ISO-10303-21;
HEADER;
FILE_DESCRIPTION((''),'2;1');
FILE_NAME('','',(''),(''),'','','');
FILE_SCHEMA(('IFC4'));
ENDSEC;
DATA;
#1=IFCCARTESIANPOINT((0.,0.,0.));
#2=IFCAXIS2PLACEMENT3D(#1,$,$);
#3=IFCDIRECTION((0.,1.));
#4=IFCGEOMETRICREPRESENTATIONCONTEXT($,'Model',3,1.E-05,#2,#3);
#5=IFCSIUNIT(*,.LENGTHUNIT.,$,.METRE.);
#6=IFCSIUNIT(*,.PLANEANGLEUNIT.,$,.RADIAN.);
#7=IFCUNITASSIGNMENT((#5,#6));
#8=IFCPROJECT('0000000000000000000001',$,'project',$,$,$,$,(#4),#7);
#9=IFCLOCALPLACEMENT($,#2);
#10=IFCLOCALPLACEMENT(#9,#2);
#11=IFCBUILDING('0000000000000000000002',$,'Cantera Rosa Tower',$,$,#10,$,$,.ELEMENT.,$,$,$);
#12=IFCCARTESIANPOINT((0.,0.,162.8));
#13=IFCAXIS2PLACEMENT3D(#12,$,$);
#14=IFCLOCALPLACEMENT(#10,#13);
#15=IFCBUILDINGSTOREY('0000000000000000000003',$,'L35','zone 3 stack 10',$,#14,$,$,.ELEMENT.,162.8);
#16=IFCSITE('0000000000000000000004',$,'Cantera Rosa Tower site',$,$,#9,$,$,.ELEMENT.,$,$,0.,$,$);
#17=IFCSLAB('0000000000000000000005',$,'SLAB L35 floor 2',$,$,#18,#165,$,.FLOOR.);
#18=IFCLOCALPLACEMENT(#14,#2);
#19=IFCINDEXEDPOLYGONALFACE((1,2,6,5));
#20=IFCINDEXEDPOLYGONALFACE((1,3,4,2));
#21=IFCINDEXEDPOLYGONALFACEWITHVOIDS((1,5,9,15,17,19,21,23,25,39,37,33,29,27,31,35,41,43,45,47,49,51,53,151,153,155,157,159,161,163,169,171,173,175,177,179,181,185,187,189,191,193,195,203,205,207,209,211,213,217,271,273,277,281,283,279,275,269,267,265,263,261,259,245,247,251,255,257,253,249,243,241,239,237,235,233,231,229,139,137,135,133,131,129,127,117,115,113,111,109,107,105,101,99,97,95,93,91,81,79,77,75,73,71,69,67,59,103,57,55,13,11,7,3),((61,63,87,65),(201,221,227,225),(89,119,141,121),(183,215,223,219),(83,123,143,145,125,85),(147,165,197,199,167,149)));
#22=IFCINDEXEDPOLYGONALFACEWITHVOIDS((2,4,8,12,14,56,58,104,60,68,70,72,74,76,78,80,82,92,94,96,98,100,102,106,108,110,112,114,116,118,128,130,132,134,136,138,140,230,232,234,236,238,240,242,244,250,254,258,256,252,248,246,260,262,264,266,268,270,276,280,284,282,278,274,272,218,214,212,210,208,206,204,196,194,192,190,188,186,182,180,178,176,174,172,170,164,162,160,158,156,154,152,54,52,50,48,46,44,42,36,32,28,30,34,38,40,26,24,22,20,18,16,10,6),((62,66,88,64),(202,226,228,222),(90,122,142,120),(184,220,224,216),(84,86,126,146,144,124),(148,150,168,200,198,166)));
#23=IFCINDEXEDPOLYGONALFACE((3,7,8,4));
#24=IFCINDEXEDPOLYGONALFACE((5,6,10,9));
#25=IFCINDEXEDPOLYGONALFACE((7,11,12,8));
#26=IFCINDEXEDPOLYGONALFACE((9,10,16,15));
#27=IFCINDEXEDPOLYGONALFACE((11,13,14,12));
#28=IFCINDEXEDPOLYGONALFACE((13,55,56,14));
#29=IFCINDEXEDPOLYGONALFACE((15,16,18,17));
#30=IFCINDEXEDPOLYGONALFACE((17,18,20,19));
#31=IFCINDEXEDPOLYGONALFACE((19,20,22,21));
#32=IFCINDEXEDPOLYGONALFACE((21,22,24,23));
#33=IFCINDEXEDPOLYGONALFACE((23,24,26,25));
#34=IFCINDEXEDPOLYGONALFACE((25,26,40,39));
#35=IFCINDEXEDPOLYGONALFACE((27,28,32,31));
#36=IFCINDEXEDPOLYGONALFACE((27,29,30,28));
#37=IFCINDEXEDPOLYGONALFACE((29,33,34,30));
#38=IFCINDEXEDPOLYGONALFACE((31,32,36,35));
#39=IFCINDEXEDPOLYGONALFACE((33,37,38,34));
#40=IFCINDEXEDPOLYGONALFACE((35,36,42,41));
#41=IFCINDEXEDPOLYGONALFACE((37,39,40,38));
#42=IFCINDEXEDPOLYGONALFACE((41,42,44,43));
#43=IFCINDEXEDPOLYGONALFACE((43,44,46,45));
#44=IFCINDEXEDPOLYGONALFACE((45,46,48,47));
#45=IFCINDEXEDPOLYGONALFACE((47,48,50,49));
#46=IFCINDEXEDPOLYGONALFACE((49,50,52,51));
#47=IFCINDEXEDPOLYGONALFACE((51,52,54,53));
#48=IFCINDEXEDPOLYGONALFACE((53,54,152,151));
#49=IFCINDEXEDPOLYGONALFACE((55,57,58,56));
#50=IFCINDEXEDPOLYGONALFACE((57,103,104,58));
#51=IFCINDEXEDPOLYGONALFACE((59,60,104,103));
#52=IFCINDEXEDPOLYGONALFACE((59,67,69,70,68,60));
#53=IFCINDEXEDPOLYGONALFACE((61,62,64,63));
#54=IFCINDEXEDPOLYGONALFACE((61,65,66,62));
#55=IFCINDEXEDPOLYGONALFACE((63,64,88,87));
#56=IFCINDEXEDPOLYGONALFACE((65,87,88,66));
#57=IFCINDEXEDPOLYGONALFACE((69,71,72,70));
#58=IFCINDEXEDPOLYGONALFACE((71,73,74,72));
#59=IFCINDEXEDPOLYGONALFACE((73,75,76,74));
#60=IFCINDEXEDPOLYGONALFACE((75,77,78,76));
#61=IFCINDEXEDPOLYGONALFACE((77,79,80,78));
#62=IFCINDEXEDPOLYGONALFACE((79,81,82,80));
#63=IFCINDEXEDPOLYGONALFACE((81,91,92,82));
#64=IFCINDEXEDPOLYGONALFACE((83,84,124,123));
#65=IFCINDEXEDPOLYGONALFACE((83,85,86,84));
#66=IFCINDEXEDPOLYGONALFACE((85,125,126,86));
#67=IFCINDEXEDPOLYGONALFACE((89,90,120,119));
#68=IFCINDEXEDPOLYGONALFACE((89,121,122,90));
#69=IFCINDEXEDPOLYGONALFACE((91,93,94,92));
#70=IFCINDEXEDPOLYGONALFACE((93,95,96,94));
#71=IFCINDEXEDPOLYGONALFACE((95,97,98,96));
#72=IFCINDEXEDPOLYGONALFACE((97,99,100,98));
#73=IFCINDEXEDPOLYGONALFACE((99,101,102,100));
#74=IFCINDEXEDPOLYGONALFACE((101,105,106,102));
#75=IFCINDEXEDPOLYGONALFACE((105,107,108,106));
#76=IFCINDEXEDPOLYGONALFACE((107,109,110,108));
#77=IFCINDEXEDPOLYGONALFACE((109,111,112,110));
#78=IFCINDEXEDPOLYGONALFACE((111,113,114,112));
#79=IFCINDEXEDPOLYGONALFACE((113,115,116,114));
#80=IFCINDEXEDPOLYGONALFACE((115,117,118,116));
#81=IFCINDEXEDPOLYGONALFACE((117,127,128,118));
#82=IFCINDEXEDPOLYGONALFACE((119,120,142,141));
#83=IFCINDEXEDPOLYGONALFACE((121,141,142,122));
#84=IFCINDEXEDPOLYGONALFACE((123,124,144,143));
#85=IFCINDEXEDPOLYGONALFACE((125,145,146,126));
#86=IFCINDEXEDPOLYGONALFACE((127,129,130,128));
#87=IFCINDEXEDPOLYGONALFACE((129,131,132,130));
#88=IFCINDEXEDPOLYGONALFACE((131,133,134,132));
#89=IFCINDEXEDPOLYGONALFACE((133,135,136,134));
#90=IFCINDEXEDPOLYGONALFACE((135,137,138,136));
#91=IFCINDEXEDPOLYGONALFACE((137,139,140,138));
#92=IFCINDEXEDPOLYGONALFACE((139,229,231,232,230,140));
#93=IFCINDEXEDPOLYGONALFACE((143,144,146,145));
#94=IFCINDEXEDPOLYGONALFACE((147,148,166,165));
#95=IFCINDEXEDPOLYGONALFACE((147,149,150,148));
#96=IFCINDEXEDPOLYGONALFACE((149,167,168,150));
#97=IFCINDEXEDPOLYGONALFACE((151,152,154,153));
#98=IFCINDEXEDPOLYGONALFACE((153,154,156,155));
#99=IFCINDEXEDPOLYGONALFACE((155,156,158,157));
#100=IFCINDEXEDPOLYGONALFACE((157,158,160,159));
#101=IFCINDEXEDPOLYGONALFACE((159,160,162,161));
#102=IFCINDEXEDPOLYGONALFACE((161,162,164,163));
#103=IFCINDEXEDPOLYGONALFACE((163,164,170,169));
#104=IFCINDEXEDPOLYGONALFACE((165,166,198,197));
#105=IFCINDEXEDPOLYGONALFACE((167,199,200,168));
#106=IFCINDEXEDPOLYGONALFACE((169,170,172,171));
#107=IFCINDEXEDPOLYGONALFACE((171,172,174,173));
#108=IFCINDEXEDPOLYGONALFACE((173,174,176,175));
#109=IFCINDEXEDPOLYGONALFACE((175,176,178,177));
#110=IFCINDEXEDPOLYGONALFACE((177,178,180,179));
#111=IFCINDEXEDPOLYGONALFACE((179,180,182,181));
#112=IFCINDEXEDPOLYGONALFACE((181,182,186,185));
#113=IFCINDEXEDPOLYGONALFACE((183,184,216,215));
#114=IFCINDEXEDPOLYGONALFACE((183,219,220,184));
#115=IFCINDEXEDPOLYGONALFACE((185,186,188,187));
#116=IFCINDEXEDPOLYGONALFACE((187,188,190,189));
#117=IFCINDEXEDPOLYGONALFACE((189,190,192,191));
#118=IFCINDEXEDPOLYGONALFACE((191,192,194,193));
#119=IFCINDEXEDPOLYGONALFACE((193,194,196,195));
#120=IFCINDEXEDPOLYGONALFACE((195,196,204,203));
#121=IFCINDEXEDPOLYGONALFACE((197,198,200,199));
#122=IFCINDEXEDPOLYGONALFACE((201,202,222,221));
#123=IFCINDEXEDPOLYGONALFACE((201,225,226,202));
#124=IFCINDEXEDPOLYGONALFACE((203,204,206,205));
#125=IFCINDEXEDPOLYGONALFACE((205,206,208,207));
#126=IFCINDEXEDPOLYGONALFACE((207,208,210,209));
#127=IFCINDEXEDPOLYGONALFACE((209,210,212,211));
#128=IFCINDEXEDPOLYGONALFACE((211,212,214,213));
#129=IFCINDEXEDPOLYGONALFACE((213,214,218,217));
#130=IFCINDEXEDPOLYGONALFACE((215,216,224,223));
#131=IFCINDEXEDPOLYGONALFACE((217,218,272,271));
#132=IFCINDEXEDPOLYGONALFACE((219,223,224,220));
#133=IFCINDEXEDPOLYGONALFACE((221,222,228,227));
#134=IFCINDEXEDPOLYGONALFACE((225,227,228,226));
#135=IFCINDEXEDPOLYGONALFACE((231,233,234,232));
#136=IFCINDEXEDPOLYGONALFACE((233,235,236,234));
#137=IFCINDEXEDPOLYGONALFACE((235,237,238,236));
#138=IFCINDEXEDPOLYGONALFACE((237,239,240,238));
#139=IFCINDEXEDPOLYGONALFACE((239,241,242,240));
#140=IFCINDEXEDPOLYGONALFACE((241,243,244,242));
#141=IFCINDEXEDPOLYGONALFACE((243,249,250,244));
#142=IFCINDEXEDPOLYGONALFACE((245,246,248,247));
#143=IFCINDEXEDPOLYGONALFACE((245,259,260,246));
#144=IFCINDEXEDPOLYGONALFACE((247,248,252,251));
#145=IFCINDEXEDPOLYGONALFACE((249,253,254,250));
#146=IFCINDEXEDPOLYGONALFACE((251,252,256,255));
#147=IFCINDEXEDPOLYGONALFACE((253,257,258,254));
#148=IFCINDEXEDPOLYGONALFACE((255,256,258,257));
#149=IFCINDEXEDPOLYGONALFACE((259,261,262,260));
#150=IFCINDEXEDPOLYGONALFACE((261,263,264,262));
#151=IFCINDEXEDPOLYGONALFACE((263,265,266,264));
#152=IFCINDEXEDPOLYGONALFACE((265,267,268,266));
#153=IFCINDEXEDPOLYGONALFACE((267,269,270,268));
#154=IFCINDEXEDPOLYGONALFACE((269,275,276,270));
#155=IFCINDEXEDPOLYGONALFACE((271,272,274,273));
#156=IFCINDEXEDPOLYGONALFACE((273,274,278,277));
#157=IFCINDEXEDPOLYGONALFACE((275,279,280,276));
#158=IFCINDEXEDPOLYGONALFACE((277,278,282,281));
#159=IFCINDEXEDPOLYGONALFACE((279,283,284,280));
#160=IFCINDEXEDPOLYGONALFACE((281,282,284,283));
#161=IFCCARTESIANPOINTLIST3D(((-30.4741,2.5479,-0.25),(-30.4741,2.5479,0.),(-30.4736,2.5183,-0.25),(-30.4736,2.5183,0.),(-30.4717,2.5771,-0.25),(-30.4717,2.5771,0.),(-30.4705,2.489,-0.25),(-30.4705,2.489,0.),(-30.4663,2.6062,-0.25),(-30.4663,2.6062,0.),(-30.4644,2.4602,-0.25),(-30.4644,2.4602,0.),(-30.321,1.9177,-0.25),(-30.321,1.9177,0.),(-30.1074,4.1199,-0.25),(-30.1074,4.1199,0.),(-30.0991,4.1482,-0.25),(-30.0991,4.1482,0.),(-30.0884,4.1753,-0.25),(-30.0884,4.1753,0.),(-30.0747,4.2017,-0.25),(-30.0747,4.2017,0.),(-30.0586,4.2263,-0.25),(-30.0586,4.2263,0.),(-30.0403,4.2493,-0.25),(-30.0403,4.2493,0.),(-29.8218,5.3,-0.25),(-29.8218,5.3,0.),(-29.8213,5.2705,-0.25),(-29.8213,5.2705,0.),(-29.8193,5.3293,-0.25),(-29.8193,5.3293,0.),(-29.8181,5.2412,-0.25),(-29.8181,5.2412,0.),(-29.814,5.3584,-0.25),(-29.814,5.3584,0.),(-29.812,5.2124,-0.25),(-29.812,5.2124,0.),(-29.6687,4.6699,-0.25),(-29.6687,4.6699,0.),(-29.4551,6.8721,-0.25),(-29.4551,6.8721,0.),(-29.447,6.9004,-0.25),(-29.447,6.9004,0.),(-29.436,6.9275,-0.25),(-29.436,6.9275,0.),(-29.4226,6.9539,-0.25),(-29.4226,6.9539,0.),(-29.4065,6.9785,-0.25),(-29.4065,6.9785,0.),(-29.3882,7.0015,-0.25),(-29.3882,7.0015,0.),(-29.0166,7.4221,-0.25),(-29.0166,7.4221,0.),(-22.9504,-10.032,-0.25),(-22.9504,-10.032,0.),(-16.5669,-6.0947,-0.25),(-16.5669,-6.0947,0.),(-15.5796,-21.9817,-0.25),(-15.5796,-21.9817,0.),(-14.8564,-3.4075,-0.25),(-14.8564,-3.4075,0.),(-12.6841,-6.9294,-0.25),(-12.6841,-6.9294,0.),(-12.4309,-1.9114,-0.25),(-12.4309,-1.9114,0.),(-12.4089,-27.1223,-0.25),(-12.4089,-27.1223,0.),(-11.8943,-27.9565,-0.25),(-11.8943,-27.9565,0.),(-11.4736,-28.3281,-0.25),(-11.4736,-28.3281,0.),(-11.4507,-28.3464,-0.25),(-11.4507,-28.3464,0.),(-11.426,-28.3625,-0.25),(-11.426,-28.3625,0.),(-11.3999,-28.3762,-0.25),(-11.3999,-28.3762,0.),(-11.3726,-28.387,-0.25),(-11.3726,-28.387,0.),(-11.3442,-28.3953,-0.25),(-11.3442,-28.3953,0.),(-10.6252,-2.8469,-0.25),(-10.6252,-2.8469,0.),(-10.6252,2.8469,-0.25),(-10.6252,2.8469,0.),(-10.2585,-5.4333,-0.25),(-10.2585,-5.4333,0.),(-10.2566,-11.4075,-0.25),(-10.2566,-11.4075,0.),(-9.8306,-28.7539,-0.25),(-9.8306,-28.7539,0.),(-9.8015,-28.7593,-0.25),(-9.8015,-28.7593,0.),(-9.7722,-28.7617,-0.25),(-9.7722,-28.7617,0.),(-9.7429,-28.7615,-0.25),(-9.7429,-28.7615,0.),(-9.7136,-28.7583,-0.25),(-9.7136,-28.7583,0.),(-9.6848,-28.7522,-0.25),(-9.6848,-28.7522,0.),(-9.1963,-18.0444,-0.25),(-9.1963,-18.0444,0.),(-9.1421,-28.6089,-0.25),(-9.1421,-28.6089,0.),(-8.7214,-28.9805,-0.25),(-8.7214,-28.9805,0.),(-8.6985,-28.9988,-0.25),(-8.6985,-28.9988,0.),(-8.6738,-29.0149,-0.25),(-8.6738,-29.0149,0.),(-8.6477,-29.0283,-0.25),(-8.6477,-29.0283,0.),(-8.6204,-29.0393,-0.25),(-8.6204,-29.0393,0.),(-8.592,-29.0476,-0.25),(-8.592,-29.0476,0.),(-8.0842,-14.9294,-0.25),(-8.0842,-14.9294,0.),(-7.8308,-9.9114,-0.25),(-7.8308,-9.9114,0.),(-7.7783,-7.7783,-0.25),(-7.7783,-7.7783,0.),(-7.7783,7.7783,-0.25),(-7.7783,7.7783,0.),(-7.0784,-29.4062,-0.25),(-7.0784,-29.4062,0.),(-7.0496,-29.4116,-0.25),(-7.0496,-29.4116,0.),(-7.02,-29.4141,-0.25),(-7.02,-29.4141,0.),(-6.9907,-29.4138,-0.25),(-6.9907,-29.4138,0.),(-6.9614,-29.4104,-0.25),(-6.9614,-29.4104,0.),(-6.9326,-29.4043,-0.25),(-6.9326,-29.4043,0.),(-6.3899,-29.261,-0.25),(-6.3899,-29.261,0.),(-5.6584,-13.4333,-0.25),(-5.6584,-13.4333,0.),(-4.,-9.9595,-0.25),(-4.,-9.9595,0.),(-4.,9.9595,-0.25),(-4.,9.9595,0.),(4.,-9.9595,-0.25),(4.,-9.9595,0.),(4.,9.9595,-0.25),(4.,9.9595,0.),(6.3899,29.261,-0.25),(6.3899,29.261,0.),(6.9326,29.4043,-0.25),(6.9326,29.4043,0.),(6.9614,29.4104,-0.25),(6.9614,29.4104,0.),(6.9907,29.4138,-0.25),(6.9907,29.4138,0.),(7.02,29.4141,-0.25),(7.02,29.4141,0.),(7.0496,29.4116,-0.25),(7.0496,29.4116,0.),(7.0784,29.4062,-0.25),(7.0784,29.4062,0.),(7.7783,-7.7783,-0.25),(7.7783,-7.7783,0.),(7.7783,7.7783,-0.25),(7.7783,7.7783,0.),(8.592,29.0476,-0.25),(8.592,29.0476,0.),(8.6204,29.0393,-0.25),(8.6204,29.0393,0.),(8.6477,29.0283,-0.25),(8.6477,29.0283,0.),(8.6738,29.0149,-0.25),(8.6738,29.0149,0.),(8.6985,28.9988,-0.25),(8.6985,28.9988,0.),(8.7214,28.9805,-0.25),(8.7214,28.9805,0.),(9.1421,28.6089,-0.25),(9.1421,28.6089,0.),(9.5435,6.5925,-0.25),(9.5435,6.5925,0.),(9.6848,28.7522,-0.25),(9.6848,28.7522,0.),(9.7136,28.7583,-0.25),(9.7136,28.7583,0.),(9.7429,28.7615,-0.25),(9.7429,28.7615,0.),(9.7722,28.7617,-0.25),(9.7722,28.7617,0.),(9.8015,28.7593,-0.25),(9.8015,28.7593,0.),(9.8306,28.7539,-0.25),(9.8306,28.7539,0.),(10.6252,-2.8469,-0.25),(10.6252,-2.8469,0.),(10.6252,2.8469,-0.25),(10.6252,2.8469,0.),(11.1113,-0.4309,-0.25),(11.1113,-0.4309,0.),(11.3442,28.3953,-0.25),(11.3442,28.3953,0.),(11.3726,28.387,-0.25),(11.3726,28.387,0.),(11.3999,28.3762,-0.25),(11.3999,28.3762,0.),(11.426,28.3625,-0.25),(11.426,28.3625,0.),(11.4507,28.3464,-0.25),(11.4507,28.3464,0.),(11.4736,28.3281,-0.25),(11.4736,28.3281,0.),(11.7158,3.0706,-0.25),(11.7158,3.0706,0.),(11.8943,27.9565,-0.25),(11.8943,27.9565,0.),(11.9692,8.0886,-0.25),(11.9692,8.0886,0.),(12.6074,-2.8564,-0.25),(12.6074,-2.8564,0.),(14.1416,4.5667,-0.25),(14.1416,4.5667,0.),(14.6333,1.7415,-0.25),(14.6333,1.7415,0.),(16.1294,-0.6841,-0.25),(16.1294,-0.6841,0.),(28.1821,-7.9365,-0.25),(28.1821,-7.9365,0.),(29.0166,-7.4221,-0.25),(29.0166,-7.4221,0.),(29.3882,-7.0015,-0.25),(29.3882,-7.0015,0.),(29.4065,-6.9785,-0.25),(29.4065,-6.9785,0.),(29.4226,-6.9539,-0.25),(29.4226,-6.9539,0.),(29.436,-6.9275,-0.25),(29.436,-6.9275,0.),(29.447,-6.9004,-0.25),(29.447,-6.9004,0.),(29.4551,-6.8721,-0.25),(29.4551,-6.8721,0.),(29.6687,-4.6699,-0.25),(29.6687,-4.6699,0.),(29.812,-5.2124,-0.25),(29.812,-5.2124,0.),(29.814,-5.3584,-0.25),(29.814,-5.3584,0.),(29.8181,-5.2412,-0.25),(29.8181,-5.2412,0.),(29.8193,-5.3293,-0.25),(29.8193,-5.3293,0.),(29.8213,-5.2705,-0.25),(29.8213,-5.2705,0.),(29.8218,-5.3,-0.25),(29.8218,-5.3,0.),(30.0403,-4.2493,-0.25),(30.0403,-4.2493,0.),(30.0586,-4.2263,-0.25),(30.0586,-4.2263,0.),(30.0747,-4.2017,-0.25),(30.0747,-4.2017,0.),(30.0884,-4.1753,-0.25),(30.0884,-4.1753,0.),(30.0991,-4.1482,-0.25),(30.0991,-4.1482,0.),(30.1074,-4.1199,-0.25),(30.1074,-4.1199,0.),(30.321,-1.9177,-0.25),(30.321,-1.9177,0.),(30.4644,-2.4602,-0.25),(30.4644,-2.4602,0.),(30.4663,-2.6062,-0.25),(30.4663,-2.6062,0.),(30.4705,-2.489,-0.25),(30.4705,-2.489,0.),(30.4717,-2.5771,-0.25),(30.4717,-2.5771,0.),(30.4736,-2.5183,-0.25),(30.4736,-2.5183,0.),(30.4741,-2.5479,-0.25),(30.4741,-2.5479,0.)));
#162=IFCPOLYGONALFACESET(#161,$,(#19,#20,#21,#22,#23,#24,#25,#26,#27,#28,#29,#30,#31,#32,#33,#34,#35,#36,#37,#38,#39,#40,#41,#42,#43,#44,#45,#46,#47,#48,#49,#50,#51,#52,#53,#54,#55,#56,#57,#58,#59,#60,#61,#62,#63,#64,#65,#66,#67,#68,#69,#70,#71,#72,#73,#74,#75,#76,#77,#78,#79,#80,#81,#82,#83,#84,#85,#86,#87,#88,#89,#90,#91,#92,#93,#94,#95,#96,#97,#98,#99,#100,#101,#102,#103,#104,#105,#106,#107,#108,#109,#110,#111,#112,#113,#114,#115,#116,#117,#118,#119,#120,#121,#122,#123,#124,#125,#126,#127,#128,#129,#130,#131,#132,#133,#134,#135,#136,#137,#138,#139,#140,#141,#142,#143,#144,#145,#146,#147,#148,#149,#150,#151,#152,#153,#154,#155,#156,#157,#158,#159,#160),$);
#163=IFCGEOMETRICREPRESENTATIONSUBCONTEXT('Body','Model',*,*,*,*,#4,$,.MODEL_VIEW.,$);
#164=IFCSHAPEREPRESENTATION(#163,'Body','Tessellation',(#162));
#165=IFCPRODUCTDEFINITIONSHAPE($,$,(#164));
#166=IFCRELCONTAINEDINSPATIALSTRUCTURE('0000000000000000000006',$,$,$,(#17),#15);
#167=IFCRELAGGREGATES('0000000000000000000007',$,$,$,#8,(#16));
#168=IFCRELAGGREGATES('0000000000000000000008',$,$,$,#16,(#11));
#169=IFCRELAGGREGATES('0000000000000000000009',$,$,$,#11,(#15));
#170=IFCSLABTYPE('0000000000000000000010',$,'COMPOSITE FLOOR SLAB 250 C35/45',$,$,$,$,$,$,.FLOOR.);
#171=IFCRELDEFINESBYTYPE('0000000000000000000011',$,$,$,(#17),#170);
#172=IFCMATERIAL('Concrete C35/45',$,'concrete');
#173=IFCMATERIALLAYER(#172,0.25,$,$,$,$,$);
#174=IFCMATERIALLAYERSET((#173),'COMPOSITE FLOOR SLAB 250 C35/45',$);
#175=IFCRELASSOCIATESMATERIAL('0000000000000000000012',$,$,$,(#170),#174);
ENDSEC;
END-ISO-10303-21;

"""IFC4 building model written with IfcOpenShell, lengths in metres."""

from ifc_helpers import new_model, si_unit, direction, frame, origin, place, context, subcontext, project, spatial, polyline, outline, extrude, material, layer, layer_set, type_object, element, save


model = new_model("IFC4")

# Units and contexts
model_context = context("Model", 3, precision=1e-05, world=origin(), true_north=direction((0.0, 1.0)))
body_context = subcontext(model_context, "Body", "Model", "MODEL_VIEW")
ifc_project = project(units=[si_unit("LENGTHUNIT", "METRE"), si_unit("PLANEANGLEUNIT", "RADIAN")], contexts=[model_context])

# Site, building, storey
site_placement = place(None, origin())
site = spatial("IfcSite", under=ifc_project, at=site_placement, Name="Cantera Rosa Tower site", CompositionType="ELEMENT", RefElevation=0.0)
building_placement = place(site_placement, origin())
building = spatial("IfcBuilding", under=site, at=building_placement, Name="Cantera Rosa Tower", CompositionType="ELEMENT")
storey_placement = place(building_placement, frame((0.0, 0.0, 162.8)))
storey = spatial("IfcBuildingStorey", under=building, at=storey_placement, Name="L35", Description="zone 3 stack 10", CompositionType="ELEMENT", Elevation=162.8)

# Slab
ifc_material_1 = material(Name="Concrete C35/45", Category="concrete")
ifc_layer_1 = layer(ifc_material_1, 0.25)
ifc_layer_set_1 = layer_set([ifc_layer_1], Name="COMPOSITE FLOOR SLAB 250 C35/45")
slab_type_1 = type_object("IfcSlabType", Name="COMPOSITE FLOOR SLAB 250 C35/45", PredefinedType="FLOOR", material=ifc_layer_set_1)
slab_1_placement = place(storey_placement, frame((0.0, 0.0, -0.25)))
element("IfcSlab", 1, at=slab_1_placement, inside=storey, type_object=slab_type_1, Name="SLAB L35 floor 2", PredefinedType="FLOOR", context=body_context, shape_type="SweptSolid", body=[
    extrude(outline(polyline([(-8.6477, -29.0283), (-8.6738, -29.0149), (-8.6985, -28.9988), (-8.7214, -28.9805), (-9.1421, -28.6089), (-9.6848, -28.7522), (-9.7136, -28.7583), (-9.7429, -28.7615), (-9.7722, -28.7617), (-9.8015, -28.7593), (-9.8306, -28.7539), (-11.3442, -28.3953), (-11.3726, -28.387), (-11.3999, -28.3762), (-11.426, -28.3625), (-11.4507, -28.3464), (-11.4736, -28.3281), (-11.8943, -27.9565), (-12.4089, -27.1223), (-15.5796, -21.9817), (-9.1963, -18.0444), (-16.5669, -6.0947), (-22.9504, -10.032), (-30.321, 1.9177), (-30.4644, 2.4602), (-30.4705, 2.489), (-30.4736, 2.5183), (-30.4741, 2.5479), (-30.4717, 2.5771), (-30.4663, 2.6062), (-30.1074, 4.1199), (-30.0991, 4.1482), (-30.0884, 4.1753), (-30.0747, 4.2017), (-30.0586, 4.2263), (-30.0403, 4.2493), (-29.6687, 4.6699), (-29.812, 5.2124), (-29.8181, 5.2412), (-29.8213, 5.2705), (-29.8218, 5.3), (-29.8193, 5.3293), (-29.814, 5.3584), (-29.4551, 6.8721), (-29.447, 6.9004), (-29.436, 6.9275), (-29.4226, 6.9539), (-29.4065, 6.9785), (-29.3882, 7.0015), (-29.0166, 7.4221), (6.3899, 29.261), (6.9326, 29.4043), (6.9614, 29.4104), (6.9907, 29.4138), (7.02, 29.4141), (7.0496, 29.4116), (7.0784, 29.4062), (8.592, 29.0476), (8.6204, 29.0393), (8.6477, 29.0283), (8.6738, 29.0149), (8.6985, 28.9988), (8.7214, 28.9805), (9.1421, 28.6089), (9.6848, 28.7522), (9.7136, 28.7583), (9.7429, 28.7615), (9.7722, 28.7617), (9.8015, 28.7593), (9.8306, 28.7539), (11.3442, 28.3953), (11.3726, 28.387), (11.3999, 28.3762), (11.426, 28.3625), (11.4507, 28.3464), (11.4736, 28.3281), (11.8943, 27.9565), (30.321, -1.9177), (30.4644, -2.4602), (30.4705, -2.489), (30.4736, -2.5183), (30.4741, -2.5479), (30.4717, -2.5771), (30.4663, -2.6062), (30.1074, -4.1199), (30.0991, -4.1482), (30.0884, -4.1753), (30.0747, -4.2017), (30.0586, -4.2263), (30.0403, -4.2493), (29.6687, -4.6699), (29.812, -5.2124), (29.8181, -5.2412), (29.8213, -5.2705), (29.8218, -5.3), (29.8193, -5.3293), (29.814, -5.3584), (29.4551, -6.8721), (29.447, -6.9004), (29.436, -6.9275), (29.4226, -6.9539), (29.4065, -6.9785), (29.3882, -7.0015), (29.0166, -7.4221), (28.1821, -7.9365), (-6.3899, -29.261), (-6.9326, -29.4043), (-6.9614, -29.4104), (-6.9907, -29.4138), (-7.02, -29.4141), (-7.0496, -29.4116), (-7.0784, -29.4062), (-8.592, -29.0476), (-8.6204, -29.0393), (-8.6477, -29.0283)]), holes=[polyline([(-5.6584, -13.4333), (-7.8308, -9.9114), (-10.2566, -11.4075), (-8.0842, -14.9294), (-5.6584, -13.4333)]), polyline([(-10.2585, -5.4333), (-12.4309, -1.9114), (-14.8564, -3.4075), (-12.6841, -6.9294), (-10.2585, -5.4333)]), polyline([(-7.7783, 7.7783), (-10.6252, 2.8469), (-10.6252, -2.8469), (-7.7783, -7.7783), (-4.0, -9.9595), (-4.0, 9.9595), (-7.7783, 7.7783)]), polyline([(14.6333, 1.7415), (11.1113, -0.4309), (12.6074, -2.8564), (16.1294, -0.6841), (14.6333, 1.7415)]), polyline([(7.7783, -7.7783), (10.6252, -2.8469), (10.6252, 2.8469), (7.7783, 7.7783), (4.0, 9.9595), (4.0, -9.9595), (7.7783, -7.7783)]), polyline([(11.7158, 3.0706), (14.1416, 4.5667), (11.9692, 8.0886), (9.5435, 6.5925), (11.7158, 3.0706)])]), origin(), (0.0, 0.0, 1.0), 0.25),
])

save(model, "model.ifc")
